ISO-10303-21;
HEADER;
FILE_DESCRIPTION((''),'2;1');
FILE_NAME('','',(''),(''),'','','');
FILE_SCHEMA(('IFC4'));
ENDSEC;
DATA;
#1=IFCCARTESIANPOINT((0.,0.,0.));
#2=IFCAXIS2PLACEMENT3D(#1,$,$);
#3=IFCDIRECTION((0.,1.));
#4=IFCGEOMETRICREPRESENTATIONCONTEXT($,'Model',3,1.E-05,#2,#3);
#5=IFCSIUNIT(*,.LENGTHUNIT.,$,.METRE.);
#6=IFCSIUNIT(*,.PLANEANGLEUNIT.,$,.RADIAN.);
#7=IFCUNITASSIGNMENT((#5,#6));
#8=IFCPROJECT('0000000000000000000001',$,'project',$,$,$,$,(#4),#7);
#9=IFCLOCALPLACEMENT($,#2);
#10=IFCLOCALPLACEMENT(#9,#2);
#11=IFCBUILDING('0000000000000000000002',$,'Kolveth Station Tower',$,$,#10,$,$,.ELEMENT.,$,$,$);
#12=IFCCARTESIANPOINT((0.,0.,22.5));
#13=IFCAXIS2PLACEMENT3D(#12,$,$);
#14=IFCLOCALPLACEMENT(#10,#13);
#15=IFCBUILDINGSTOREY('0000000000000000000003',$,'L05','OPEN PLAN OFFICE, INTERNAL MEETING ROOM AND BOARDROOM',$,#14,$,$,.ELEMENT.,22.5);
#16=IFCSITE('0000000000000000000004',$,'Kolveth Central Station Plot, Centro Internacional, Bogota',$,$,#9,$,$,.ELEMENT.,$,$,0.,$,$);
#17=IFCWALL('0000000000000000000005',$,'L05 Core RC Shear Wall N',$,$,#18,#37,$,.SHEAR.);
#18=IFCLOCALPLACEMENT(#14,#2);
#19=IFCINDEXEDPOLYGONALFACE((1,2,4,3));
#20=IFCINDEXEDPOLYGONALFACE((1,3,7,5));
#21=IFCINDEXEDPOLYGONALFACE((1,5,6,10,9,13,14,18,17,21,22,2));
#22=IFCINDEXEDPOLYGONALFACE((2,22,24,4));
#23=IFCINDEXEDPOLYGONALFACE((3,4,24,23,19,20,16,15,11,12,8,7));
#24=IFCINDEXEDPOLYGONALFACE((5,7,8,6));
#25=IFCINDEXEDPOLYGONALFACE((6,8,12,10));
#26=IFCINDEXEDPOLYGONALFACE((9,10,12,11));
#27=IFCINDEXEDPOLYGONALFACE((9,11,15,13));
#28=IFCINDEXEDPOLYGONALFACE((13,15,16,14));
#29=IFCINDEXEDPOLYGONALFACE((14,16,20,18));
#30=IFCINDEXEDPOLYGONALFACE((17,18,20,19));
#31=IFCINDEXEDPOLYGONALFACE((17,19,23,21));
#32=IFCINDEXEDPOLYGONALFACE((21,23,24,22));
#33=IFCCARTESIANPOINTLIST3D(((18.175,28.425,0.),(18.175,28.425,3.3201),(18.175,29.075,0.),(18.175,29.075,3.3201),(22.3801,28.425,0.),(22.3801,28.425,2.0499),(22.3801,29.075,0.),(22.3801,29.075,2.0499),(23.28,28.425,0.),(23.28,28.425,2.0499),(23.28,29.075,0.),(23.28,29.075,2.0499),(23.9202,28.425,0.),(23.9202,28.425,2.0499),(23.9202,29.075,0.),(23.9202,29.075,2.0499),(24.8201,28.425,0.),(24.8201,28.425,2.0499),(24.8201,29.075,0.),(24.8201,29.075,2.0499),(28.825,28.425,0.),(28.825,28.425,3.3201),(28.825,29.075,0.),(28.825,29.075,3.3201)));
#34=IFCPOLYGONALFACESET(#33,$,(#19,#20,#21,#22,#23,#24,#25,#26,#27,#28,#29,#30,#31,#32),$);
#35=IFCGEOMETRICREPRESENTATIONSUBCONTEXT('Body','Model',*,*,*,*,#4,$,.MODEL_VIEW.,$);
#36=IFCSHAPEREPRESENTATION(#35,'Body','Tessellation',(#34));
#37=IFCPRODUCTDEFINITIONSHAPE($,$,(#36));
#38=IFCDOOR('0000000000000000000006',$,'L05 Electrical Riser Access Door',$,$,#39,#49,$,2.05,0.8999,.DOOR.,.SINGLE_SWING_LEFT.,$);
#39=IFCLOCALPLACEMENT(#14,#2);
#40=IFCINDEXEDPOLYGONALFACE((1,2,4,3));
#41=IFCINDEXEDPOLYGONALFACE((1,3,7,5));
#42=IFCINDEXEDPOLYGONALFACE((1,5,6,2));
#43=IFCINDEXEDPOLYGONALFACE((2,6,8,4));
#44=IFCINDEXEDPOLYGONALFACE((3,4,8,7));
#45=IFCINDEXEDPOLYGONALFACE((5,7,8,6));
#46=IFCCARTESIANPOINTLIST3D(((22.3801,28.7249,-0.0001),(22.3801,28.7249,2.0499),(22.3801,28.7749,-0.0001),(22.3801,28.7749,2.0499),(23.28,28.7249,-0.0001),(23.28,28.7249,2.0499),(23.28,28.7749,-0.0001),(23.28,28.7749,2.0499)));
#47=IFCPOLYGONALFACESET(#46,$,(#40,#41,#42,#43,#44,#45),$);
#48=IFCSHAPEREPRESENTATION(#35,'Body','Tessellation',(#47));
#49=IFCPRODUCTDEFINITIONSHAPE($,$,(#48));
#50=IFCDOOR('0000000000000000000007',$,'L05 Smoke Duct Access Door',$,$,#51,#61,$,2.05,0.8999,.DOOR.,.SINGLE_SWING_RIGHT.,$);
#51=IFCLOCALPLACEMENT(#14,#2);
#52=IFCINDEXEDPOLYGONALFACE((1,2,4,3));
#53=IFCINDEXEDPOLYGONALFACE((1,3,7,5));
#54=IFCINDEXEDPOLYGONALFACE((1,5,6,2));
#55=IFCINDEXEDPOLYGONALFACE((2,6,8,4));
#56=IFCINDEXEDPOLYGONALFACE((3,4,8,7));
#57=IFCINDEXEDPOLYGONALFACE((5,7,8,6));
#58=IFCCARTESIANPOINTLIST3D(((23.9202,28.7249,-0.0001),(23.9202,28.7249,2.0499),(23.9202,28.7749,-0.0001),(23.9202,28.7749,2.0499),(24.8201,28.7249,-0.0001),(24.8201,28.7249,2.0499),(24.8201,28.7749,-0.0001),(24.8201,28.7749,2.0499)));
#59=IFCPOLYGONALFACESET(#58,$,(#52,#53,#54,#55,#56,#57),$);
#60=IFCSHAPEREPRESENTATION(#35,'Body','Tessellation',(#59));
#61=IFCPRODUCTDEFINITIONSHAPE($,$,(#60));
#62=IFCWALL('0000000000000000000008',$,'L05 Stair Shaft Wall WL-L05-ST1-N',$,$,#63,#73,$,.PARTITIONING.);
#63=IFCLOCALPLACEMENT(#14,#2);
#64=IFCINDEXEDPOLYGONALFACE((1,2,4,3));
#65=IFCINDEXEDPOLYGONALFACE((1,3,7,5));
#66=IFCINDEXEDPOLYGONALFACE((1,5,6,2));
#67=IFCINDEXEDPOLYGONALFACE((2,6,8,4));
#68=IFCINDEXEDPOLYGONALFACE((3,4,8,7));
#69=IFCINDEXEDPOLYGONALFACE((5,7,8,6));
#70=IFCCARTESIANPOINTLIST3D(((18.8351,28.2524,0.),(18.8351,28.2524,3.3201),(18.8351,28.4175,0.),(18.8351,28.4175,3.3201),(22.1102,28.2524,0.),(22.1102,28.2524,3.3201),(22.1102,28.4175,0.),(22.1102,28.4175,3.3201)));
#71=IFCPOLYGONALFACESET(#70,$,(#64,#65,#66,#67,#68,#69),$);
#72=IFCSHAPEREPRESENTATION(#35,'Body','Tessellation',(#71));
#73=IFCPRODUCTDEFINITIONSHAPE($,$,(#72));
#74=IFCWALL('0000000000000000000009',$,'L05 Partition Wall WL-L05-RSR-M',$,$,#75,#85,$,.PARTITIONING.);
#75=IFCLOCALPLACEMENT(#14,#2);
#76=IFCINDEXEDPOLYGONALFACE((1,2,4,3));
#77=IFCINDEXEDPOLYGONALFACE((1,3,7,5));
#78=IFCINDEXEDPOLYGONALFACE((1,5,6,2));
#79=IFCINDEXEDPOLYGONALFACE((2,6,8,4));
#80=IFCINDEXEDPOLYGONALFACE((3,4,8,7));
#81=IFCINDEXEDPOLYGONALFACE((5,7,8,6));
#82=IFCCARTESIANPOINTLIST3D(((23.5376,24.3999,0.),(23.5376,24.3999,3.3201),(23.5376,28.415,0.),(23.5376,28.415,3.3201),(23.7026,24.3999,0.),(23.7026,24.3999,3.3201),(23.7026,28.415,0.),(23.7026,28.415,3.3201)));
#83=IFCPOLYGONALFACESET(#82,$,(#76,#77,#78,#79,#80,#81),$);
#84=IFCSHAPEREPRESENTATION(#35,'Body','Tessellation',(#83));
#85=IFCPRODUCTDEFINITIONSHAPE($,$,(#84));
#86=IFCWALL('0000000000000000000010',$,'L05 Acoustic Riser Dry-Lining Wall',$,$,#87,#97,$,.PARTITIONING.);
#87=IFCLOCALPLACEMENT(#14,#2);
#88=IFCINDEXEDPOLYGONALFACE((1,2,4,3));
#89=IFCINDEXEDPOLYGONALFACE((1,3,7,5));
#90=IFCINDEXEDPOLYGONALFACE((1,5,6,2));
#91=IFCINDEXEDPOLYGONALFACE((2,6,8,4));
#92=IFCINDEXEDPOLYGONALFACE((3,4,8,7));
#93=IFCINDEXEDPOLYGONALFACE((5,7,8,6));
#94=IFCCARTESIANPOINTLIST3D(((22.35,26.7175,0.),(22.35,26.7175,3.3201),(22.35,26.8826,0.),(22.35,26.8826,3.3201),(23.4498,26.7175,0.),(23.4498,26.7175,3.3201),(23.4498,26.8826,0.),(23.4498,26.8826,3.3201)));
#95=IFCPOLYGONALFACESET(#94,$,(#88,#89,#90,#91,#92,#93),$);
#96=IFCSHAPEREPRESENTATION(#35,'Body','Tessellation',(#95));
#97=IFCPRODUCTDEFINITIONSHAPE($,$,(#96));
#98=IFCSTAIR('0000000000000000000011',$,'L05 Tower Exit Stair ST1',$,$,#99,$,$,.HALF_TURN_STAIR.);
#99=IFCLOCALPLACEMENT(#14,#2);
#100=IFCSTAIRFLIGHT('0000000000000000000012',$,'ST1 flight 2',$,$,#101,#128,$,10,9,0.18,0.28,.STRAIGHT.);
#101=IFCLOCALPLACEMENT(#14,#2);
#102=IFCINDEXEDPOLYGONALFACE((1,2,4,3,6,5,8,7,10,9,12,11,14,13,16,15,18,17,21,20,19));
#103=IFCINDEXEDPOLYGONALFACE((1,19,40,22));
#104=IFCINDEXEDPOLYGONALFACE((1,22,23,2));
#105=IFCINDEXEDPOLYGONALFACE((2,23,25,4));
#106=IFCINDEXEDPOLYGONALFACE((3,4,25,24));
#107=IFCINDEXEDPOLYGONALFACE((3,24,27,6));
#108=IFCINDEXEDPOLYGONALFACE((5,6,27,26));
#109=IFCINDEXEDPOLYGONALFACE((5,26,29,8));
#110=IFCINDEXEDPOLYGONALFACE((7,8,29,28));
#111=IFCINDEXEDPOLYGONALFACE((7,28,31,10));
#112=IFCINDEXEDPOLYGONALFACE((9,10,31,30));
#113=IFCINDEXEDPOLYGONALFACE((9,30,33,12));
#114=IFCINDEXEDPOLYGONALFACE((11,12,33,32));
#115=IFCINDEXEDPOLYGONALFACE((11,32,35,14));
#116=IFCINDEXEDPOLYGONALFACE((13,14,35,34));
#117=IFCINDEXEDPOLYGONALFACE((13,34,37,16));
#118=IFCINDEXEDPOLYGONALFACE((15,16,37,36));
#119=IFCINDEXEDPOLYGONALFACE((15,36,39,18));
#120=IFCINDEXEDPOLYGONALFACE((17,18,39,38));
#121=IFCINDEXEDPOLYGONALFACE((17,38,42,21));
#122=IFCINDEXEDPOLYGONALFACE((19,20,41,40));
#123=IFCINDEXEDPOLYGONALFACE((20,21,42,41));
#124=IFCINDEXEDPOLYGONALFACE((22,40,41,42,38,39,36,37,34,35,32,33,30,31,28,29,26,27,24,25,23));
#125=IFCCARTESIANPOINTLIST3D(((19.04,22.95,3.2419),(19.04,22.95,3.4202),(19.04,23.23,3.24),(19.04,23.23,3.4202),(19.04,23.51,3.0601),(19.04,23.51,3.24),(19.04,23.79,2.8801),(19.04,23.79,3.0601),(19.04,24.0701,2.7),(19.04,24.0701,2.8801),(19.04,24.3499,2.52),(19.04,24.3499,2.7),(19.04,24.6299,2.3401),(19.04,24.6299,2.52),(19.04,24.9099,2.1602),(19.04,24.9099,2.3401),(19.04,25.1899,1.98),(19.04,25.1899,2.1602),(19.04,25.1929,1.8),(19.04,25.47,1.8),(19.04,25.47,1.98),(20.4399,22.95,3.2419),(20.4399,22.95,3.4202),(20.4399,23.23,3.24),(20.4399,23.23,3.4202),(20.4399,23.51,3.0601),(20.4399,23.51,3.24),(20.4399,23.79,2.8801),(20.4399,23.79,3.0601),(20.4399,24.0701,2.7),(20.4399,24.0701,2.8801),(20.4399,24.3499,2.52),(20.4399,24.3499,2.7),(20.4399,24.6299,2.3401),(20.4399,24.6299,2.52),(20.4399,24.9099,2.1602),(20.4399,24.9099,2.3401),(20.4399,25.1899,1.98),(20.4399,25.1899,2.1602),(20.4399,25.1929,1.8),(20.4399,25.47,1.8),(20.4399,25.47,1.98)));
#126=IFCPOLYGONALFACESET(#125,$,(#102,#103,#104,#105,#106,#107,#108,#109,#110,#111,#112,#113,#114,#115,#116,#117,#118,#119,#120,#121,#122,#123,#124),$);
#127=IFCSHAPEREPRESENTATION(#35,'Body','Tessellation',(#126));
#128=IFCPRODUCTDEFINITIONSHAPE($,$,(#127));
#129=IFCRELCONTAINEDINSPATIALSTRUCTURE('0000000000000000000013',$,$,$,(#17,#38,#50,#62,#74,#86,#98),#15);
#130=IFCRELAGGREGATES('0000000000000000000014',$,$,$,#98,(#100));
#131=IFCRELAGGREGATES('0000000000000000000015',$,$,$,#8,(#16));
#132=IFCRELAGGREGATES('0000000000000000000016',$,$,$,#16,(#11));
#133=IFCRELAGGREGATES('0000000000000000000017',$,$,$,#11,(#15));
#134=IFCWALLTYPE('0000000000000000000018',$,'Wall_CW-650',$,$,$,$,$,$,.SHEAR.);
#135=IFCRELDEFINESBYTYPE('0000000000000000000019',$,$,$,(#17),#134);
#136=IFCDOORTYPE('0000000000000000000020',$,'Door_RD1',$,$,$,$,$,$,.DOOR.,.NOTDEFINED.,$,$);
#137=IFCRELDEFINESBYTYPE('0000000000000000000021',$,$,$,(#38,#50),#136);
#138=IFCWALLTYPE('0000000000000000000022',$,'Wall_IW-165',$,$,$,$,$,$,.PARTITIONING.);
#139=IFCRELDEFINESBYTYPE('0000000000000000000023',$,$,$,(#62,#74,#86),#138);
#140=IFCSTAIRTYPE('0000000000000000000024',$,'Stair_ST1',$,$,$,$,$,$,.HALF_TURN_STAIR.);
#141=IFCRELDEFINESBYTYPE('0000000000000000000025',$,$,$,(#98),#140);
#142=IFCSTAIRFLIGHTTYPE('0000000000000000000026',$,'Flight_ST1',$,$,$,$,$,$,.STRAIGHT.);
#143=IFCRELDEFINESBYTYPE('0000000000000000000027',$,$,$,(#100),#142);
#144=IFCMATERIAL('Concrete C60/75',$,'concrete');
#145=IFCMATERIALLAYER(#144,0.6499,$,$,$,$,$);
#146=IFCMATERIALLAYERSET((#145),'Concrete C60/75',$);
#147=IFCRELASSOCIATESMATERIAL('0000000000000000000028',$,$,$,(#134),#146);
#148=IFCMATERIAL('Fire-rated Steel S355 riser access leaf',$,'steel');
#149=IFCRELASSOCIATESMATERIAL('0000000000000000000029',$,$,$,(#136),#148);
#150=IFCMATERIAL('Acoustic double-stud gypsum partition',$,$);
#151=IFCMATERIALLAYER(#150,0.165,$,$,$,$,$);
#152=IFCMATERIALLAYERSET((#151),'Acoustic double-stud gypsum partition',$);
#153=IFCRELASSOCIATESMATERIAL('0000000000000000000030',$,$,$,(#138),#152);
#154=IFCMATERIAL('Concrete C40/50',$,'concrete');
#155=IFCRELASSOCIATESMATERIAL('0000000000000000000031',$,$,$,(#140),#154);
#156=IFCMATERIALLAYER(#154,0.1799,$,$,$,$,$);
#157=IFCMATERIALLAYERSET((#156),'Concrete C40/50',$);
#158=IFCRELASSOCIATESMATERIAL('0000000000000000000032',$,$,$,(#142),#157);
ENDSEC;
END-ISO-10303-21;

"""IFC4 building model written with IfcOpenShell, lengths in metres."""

from ifc_helpers import new_model, si_unit, direction, frame, frame_2d, origin, place, context, subcontext, project, spatial, polyline, rectangle, outline, extrude, material, layer, layer_set, type_object, element, fill, aggregate, save


model = new_model("IFC4")

# Units and contexts
model_context = context("Model", 3, precision=1e-05, world=origin(), true_north=direction((0.0, 1.0)))
body_context = subcontext(model_context, "Body", "Model", "MODEL_VIEW")
ifc_project = project(units=[si_unit("LENGTHUNIT", "METRE"), si_unit("PLANEANGLEUNIT", "RADIAN")], contexts=[model_context])

# Site, building, storey
site_placement = place(None, origin())
site = spatial("IfcSite", under=ifc_project, at=site_placement, Name="Kolveth Central Station Plot, Centro Internacional, Bogota", CompositionType="ELEMENT", RefElevation=0.0)
building_placement = place(site_placement, origin())
building = spatial("IfcBuilding", under=site, at=building_placement, Name="Kolveth Station Tower", CompositionType="ELEMENT")
storey_placement = place(building_placement, frame((0.0, 0.0, 22.5)))
storey = spatial("IfcBuildingStorey", under=building, at=storey_placement, Name="L05", Description="OPEN PLAN OFFICE, INTERNAL MEETING ROOM AND BOARDROOM", CompositionType="ELEMENT", Elevation=22.5)

# Shared definitions
ifc_material_1 = material(Name="Concrete C60/75", Category="concrete")

# Wall, openings, doors
ifc_layer_1 = layer(ifc_material_1, 0.6499)
ifc_layer_set_1 = layer_set([ifc_layer_1], Name="Concrete C60/75")
wall_type_1 = type_object("IfcWallType", Name="Wall_CW-650", PredefinedType="SHEAR", material=ifc_layer_set_1)
wall_1_placement = place(storey_placement, frame((18.175, 28.75, 0.0), z_axis=(0.0, 0.0, 1.0), x_axis=(1.0, 0.0, 0.0)))
wall_1 = element("IfcWall", 1, at=wall_1_placement, inside=storey, type_object=wall_type_1, Name="L05 Core RC Shear Wall N", PredefinedType="SHEAR", context=body_context, shape_type="SweptSolid", body=[
    extrude(rectangle(XDim=10.6499, YDim=0.6499, at=frame_2d((5.325, 0.0))), origin(), (0.0, 0.0, 1.0), 3.3201),
])
opening_1_placement = place(wall_1_placement, frame((4.2051, 0.0, 0.0)))
opening_1 = element("IfcOpeningElement", 2, at=opening_1_placement, cuts=wall_1, PredefinedType="OPENING", context=body_context, shape_type="SweptSolid", body=[
    extrude(rectangle(XDim=0.8999, YDim=2.05, at=frame_2d((0.45, 1.0249))), frame((0.0, 0.335, 0.0), z_axis=(0.0, -1.0, 0.0), x_axis=(1.0, 0.0, 0.0)), (0.0, 0.0, 1.0), 0.6699),
])
opening_2_placement = place(wall_1_placement, frame((5.7451, 0.0, 0.0)))
opening_2 = element("IfcOpeningElement", 3, at=opening_2_placement, cuts=wall_1, PredefinedType="OPENING", context=body_context, shape_type="SweptSolid", body=[
    extrude(rectangle(XDim=0.8999, YDim=2.05, at=frame_2d((0.45, 1.0249))), frame((0.0, 0.335, 0.0), z_axis=(0.0, -1.0, 0.0), x_axis=(1.0, 0.0, 0.0)), (0.0, 0.0, 1.0), 0.6699),
])
ifc_material_2 = material(Name="Fire-rated Steel S355 riser access leaf", Category="steel")
door_type = type_object("IfcDoorType", Name="Door_RD1", OperationType="NOTDEFINED", PredefinedType="DOOR", material=ifc_material_2)
door_1_placement = place(opening_1_placement, origin())
door_1 = element("IfcDoor", 4, at=door_1_placement, inside=storey, type_object=door_type, Name="L05 Electrical Riser Access Door", OperationType="SINGLE_SWING_LEFT", OverallHeight=2.05, OverallWidth=0.8999, PredefinedType="DOOR", context=body_context, shape_type="SweptSolid", body=[
    extrude(rectangle(XDim=0.8999, YDim=2.05, at=frame_2d((0.45, 1.0249))), frame((0.0, 0.0249, 0.0), z_axis=(0.0, -1.0, 0.0), x_axis=(1.0, 0.0, 0.0)), (0.0, 0.0, 1.0), 0.05),
])
fill(opening_1, door_1)
door_2_placement = place(opening_2_placement, origin())
door_2 = element("IfcDoor", 5, at=door_2_placement, inside=storey, type_object=door_type, Name="L05 Smoke Duct Access Door", OperationType="SINGLE_SWING_RIGHT", OverallHeight=2.05, OverallWidth=0.8999, PredefinedType="DOOR", context=body_context, shape_type="SweptSolid", body=[
    extrude(rectangle(XDim=0.8999, YDim=2.05, at=frame_2d((0.45, 1.0249))), frame((0.0, 0.0249, 0.0), z_axis=(0.0, -1.0, 0.0), x_axis=(1.0, 0.0, 0.0)), (0.0, 0.0, 1.0), 0.05),
])
fill(opening_2, door_2)

# Walls
ifc_material_3 = material(Name="Acoustic double-stud gypsum partition")
ifc_layer_2 = layer(ifc_material_3, 0.165)
ifc_layer_set_2 = layer_set([ifc_layer_2], Name="Acoustic double-stud gypsum partition")
wall_type_2 = type_object("IfcWallType", Name="Wall_IW-165", PredefinedType="PARTITIONING", material=ifc_layer_set_2)
wall_2_placement = place(storey_placement, frame((18.835, 28.335, 0.0), z_axis=(0.0, 0.0, 1.0), x_axis=(1.0, 0.0, 0.0)))
element("IfcWall", 6, at=wall_2_placement, inside=storey, type_object=wall_type_2, Name="L05 Stair Shaft Wall WL-L05-ST1-N", PredefinedType="PARTITIONING", context=body_context, shape_type="SweptSolid", body=[
    extrude(rectangle(XDim=3.2751, YDim=0.165, at=frame_2d((1.6377, 0.0))), origin(), (0.0, 0.0, 1.0), 3.3201),
])
wall_3_placement = place(storey_placement, frame((23.6201, 24.3999, 0.0), z_axis=(0.0, 0.0, 1.0), x_axis=(0.0, 1.0, 0.0)))
element("IfcWall", 7, at=wall_3_placement, inside=storey, type_object=wall_type_2, Name="L05 Partition Wall WL-L05-RSR-M", PredefinedType="PARTITIONING", context=body_context, shape_type="SweptSolid", body=[
    extrude(rectangle(XDim=4.0151, YDim=0.165, at=frame_2d((2.0076, 0.0))), origin(), (0.0, 0.0, 1.0), 3.3201),
])
wall_4_placement = place(storey_placement, frame((22.3501, 26.8, 0.0), z_axis=(0.0, 0.0, 1.0), x_axis=(1.0, 0.0, 0.0)))
element("IfcWall", 8, at=wall_4_placement, inside=storey, type_object=wall_type_2, Name="L05 Acoustic Riser Dry-Lining Wall", PredefinedType="PARTITIONING", context=body_context, shape_type="SweptSolid", body=[
    extrude(rectangle(XDim=1.0999, YDim=0.165, at=frame_2d((0.5498, 0.0))), origin(), (0.0, 0.0, 1.0), 3.3201),
])

# Stair, stair flight
ifc_material_4 = material(Name="Concrete C40/50", Category="concrete")
stair_type = type_object("IfcStairType", Name="Stair_ST1", PredefinedType="HALF_TURN_STAIR", material=ifc_material_4)
stair_placement = place(storey_placement, origin())
stair = element("IfcStair", 9, at=stair_placement, inside=storey, type_object=stair_type, Name="L05 Tower Exit Stair ST1", PredefinedType="HALF_TURN_STAIR")
ifc_layer_3 = layer(ifc_material_4, 0.1799)
ifc_layer_set_3 = layer_set([ifc_layer_3], Name="Concrete C40/50")
stair_flight_type = type_object("IfcStairFlightType", Name="Flight_ST1", PredefinedType="STRAIGHT", material=ifc_layer_set_3)
stair_flight_placement = place(storey_placement, frame((19.74, 25.47, 1.8), z_axis=(0.0, 0.0, 1.0), x_axis=(0.0, -1.0, 0.0)))
stair_flight = element("IfcStairFlight", 10, at=stair_flight_placement, type_object=stair_flight_type, Name="ST1 flight 2", NumberOfRisers=10, NumberOfTreads=9, PredefinedType="STRAIGHT", RiserHeight=0.18, TreadLength=0.28, context=body_context, shape_type="SweptSolid", body=[
    extrude(outline(polyline([(0.0, 0.0), (0.0, 0.1799), (0.28, 0.1799), (0.28, 0.3601), (0.5601, 0.3601), (0.5601, 0.54), (0.8401, 0.54), (0.8401, 0.72), (1.1201, 0.72), (1.1201, 0.8999), (1.3999, 0.8999), (1.3999, 1.0801), (1.6799, 1.0801), (1.6799, 1.26), (1.96, 1.26), (1.96, 1.4399), (2.24, 1.4399), (2.24, 1.6201), (2.52, 1.6201), (2.52, 1.8), (2.52, 1.4419), (0.2771, 0.0), (0.0, 0.0)])), frame((0.0, 0.7, 0.0), z_axis=(0.0, -1.0, 0.0), x_axis=(1.0, 0.0, 0.0)), (0.0, 0.0, 1.0), 1.3999),
])
aggregate(stair, [stair_flight])

save(model, "model.ifc")
